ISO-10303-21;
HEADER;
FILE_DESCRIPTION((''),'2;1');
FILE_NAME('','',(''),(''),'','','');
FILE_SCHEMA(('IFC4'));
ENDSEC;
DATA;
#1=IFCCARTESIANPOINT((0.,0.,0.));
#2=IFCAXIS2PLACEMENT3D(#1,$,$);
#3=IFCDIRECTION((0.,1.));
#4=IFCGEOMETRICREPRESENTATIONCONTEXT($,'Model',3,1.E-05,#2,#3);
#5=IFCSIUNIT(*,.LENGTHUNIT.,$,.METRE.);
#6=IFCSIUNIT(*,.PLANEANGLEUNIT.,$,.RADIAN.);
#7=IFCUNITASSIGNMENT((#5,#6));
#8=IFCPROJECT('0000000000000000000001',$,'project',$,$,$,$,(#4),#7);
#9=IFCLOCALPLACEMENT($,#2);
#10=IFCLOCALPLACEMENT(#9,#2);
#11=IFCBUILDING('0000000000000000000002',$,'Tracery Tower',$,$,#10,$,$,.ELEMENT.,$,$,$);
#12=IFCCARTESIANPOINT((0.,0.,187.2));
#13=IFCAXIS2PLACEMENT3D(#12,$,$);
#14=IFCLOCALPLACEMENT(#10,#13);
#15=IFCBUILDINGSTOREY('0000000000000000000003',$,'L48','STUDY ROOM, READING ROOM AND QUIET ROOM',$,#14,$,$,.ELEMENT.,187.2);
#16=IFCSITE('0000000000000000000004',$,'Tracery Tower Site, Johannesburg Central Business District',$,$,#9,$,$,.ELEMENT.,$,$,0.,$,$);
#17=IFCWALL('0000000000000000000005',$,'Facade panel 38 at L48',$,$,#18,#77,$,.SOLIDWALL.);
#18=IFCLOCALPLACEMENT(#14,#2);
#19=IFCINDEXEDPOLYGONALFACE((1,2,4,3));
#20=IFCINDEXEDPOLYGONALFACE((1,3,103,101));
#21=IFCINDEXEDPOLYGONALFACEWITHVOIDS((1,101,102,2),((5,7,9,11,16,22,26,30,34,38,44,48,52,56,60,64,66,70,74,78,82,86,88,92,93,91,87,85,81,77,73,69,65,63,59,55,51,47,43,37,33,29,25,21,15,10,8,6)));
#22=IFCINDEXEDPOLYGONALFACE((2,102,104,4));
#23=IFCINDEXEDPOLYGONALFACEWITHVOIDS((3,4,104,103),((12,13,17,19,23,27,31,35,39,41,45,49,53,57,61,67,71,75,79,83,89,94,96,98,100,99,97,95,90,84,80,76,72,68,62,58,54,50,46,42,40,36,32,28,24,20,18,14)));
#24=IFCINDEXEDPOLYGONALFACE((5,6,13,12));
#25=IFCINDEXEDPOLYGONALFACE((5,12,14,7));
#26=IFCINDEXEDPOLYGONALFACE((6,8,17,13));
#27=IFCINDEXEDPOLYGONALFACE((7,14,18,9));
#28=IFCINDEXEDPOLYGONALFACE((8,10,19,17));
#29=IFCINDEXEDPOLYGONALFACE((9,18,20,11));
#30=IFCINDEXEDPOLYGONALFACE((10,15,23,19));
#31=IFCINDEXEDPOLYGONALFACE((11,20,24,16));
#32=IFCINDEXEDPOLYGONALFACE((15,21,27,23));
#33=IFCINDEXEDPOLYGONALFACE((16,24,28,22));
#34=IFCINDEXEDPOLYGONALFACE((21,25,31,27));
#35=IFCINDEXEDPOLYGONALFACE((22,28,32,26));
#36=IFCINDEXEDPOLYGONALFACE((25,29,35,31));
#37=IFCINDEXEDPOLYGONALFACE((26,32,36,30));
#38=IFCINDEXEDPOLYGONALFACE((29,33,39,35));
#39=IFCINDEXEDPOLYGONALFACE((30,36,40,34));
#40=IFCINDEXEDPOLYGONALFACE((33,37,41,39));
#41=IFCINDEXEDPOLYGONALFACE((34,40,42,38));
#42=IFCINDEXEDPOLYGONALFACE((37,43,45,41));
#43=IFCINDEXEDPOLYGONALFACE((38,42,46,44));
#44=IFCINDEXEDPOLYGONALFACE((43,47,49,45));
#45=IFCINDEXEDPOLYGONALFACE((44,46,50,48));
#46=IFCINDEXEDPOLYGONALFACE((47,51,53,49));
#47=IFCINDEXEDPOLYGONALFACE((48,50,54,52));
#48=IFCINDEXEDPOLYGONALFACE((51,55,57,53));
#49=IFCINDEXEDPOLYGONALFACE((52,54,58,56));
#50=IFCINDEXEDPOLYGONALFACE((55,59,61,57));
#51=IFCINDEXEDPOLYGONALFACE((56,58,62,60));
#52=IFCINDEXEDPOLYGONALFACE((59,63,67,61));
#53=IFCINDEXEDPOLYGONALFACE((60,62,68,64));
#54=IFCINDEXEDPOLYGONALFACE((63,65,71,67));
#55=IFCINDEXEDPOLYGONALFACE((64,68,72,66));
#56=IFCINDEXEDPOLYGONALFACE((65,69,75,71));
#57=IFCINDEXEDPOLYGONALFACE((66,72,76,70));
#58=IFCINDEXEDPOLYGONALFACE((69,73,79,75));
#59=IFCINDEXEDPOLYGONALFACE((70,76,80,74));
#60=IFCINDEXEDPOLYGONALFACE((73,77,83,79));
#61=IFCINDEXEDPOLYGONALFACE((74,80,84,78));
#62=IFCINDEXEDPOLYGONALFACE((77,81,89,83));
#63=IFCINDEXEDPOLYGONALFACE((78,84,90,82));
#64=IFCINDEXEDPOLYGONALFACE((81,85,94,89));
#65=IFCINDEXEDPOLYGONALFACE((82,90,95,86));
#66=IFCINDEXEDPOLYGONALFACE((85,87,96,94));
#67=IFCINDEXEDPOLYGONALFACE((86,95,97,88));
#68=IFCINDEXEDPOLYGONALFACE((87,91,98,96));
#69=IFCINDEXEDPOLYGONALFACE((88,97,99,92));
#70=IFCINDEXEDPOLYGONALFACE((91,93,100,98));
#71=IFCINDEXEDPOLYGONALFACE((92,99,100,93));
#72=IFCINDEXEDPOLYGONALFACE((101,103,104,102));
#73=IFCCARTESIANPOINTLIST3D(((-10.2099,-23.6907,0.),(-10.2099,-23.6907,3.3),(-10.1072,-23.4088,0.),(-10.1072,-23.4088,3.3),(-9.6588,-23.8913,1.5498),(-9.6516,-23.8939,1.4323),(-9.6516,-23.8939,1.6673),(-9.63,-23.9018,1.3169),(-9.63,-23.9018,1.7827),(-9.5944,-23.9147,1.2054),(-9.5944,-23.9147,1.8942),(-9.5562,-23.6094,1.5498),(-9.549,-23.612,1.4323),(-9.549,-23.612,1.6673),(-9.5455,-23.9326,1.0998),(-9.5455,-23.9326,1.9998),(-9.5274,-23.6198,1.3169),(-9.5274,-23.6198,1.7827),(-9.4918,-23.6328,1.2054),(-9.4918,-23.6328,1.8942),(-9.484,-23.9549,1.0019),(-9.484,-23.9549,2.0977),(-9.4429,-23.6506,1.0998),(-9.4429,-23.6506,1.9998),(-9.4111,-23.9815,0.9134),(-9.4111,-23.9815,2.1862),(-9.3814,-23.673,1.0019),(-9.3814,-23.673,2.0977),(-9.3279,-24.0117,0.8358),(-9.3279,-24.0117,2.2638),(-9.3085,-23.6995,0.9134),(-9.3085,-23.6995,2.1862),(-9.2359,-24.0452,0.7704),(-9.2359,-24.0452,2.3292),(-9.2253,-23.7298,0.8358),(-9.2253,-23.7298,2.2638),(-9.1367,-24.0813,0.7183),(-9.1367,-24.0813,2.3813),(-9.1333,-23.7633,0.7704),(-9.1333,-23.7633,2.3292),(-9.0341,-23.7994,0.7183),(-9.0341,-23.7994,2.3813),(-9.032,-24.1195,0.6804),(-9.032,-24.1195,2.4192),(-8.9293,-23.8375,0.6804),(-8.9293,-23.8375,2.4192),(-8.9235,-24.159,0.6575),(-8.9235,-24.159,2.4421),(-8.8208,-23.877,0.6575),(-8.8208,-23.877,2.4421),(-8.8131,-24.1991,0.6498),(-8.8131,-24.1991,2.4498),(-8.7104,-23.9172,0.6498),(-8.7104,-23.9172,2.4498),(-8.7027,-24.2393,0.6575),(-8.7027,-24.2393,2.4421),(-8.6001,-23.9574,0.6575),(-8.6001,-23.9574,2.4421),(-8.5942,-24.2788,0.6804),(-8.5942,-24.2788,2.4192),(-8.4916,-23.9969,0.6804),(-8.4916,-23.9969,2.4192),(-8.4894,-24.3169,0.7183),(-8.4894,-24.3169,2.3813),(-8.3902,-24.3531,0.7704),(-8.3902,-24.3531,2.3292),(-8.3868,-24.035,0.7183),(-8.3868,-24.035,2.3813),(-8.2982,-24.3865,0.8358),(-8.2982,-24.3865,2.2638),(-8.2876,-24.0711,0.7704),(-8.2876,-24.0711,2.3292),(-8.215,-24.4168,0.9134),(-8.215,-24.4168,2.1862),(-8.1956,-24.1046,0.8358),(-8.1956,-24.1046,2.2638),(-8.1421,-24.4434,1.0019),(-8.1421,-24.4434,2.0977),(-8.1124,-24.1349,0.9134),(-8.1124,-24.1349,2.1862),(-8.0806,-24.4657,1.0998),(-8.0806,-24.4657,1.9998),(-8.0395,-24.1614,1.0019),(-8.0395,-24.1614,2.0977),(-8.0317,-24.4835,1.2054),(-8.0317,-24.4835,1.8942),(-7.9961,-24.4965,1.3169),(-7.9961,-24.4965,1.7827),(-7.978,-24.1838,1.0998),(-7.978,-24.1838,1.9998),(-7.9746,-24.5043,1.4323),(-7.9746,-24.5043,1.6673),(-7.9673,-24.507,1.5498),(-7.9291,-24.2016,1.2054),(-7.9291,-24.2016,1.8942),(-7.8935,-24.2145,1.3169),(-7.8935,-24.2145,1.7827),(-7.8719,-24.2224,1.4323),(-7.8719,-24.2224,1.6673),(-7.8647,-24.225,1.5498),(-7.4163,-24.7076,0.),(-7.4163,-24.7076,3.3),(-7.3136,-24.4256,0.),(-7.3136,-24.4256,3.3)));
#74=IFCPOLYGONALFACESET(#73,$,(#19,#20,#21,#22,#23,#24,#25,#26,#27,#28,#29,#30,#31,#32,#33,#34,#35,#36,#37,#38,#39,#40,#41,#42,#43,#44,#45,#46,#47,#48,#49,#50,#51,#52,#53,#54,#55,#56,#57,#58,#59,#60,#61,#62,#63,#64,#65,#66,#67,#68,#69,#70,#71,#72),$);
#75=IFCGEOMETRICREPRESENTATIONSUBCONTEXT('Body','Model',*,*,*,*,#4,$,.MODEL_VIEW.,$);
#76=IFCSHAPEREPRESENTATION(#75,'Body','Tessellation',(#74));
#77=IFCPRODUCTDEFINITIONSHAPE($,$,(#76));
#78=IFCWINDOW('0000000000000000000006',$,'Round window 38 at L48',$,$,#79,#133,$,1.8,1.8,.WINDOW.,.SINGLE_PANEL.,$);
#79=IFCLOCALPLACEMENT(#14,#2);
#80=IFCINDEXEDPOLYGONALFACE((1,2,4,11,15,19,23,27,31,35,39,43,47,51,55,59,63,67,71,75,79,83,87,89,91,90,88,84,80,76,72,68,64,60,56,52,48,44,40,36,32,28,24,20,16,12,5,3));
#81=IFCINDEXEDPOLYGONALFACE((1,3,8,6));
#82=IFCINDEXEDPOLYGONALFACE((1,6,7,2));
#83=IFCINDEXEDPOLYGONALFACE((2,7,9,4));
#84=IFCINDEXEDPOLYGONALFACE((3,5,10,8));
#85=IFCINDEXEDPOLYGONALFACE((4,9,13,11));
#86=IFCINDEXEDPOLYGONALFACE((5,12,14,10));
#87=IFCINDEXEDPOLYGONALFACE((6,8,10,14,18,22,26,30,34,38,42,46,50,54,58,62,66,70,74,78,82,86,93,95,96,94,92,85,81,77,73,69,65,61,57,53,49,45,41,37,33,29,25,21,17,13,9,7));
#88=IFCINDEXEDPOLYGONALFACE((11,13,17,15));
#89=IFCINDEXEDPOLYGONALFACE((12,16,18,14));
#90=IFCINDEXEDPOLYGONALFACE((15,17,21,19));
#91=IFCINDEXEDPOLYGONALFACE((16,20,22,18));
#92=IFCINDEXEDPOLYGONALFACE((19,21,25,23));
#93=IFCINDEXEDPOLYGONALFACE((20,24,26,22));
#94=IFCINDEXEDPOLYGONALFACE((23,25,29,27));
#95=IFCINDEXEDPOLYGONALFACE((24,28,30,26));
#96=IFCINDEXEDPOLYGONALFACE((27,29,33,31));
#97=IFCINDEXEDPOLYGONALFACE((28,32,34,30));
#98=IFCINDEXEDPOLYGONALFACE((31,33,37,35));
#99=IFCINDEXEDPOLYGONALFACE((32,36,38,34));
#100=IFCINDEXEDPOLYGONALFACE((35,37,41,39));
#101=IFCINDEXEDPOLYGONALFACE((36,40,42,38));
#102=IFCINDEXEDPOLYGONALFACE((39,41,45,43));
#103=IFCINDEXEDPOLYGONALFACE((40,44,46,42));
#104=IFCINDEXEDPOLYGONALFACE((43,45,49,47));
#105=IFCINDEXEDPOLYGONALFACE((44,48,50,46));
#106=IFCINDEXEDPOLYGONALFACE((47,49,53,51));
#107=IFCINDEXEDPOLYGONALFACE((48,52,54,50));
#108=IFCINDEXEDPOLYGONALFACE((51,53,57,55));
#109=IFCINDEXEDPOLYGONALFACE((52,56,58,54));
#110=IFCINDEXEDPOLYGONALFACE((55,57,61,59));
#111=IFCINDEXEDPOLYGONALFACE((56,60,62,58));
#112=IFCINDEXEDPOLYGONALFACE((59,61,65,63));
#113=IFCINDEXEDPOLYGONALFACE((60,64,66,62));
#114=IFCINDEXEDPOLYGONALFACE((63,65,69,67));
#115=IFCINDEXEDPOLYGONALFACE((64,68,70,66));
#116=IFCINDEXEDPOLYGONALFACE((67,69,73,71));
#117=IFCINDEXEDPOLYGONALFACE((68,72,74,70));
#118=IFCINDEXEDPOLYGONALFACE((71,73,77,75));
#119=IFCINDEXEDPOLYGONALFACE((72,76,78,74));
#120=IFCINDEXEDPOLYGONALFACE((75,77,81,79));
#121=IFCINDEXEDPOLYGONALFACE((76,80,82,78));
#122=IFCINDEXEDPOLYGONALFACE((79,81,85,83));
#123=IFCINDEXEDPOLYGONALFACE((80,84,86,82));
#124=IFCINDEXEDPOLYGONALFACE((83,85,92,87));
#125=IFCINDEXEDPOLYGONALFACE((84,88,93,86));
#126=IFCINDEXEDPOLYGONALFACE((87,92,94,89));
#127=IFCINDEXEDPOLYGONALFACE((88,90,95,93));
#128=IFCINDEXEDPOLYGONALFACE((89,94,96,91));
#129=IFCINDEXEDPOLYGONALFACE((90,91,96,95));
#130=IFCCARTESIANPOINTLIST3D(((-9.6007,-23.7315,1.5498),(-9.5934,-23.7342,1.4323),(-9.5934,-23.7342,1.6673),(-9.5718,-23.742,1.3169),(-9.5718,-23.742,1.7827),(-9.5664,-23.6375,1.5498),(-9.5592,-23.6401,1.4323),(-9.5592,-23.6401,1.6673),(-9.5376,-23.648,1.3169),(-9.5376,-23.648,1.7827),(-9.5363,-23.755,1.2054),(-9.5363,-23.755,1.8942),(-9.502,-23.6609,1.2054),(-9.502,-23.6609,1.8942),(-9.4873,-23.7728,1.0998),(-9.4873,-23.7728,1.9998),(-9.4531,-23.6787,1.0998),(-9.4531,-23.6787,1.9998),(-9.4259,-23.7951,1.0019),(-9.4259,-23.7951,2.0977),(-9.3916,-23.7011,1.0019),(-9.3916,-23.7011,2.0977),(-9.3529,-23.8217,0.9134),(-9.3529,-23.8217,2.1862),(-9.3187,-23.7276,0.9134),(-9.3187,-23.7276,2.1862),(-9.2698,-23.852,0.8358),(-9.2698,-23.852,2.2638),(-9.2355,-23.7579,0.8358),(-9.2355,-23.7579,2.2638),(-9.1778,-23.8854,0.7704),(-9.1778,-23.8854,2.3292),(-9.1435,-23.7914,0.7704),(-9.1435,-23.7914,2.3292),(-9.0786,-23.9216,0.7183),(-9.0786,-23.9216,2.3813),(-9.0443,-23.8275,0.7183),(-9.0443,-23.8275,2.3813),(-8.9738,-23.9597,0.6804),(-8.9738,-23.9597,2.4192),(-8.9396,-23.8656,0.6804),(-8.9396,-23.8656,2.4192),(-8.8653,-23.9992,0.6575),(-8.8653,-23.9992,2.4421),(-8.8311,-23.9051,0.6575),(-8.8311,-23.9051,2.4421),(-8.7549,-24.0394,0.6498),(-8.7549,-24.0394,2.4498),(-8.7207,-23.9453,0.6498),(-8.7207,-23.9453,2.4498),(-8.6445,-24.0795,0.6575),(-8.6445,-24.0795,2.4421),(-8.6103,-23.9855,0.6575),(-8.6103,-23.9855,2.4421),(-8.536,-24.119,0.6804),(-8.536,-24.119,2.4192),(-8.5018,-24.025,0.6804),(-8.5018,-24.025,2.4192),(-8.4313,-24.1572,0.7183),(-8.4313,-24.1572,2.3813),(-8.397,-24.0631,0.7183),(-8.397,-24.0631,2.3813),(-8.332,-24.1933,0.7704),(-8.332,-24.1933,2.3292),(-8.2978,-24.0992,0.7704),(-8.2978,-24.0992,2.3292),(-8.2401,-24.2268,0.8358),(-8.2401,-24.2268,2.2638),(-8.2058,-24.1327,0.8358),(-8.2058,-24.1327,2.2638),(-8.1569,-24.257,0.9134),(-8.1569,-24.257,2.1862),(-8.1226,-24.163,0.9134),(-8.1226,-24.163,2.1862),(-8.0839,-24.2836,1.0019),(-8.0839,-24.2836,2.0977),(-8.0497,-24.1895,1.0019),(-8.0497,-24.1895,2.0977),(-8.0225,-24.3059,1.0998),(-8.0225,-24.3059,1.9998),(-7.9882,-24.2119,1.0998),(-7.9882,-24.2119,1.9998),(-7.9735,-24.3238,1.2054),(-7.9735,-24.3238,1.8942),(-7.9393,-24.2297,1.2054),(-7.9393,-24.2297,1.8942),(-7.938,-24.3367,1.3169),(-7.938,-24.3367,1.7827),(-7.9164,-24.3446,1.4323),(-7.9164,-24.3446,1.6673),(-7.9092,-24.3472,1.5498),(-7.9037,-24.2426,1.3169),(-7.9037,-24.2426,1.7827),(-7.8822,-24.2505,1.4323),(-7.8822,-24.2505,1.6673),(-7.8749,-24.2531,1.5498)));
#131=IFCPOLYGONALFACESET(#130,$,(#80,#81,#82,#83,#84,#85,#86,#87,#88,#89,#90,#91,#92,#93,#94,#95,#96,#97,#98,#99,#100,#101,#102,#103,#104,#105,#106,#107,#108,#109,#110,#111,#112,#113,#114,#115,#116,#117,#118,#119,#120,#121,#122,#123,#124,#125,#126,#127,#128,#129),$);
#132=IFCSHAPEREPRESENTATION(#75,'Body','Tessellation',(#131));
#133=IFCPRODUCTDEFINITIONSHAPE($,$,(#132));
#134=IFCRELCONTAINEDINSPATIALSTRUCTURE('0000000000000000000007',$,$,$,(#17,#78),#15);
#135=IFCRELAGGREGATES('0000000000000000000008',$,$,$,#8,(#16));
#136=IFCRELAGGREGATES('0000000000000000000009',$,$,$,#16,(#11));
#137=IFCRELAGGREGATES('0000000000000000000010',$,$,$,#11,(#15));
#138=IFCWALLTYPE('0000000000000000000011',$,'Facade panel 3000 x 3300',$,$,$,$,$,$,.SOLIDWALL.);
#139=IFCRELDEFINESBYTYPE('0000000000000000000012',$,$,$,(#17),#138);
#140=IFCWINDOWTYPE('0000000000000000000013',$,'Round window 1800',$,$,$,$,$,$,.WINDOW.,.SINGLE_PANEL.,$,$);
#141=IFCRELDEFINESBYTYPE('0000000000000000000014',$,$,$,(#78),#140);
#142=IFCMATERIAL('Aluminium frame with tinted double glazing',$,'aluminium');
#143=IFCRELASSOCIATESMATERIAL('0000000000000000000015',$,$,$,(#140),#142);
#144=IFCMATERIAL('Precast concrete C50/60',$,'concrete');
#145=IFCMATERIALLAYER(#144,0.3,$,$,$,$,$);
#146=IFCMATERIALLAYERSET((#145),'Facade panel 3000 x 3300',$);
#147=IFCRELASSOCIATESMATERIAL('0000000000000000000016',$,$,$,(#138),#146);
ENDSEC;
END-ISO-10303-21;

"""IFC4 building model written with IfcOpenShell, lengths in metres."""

from ifc_helpers import new_model, si_unit, direction, frame, frame_2d, origin, origin_2d, place, context, subcontext, project, spatial, rectangle, circle, extrude, material, layer, layer_set, type_object, element, fill, save


model = new_model("IFC4")

# Units and contexts
model_context = context("Model", 3, precision=1e-05, world=origin(), true_north=direction((0.0, 1.0)))
body_context = subcontext(model_context, "Body", "Model", "MODEL_VIEW")
ifc_project = project(units=[si_unit("LENGTHUNIT", "METRE"), si_unit("PLANEANGLEUNIT", "RADIAN")], contexts=[model_context])

# Site, building, storey
site_placement = place(None, origin())
site = spatial("IfcSite", under=ifc_project, at=site_placement, Name="Tracery Tower Site, Johannesburg Central Business District", CompositionType="ELEMENT", RefElevation=0.0)
building_placement = place(site_placement, origin())
building = spatial("IfcBuilding", under=site, at=building_placement, Name="Tracery Tower", CompositionType="ELEMENT")
storey_placement = place(building_placement, frame((0.0, 0.0, 187.2)))
storey = spatial("IfcBuildingStorey", under=building, at=storey_placement, Name="L48", Description="STUDY ROOM, READING ROOM AND QUIET ROOM", CompositionType="ELEMENT", Elevation=187.2)

# Wall, opening, window
ifc_material_1 = material(Name="Aluminium frame with tinted double glazing", Category="aluminium")
window_type = type_object("IfcWindowType", Name="Round window 1800", PartitioningType="SINGLE_PANEL", PredefinedType="WINDOW", material=ifc_material_1)
ifc_material_2 = material(Name="Precast concrete C50/60", Category="concrete")
ifc_layer_1 = layer(ifc_material_2, 0.3)
ifc_layer_set_1 = layer_set([ifc_layer_1], Name="Facade panel 3000 x 3300")
wall_type_1 = type_object("IfcWallType", Name="Facade panel 3000 x 3300", PredefinedType="SOLIDWALL", material=ifc_layer_set_1)
wall_1_placement = place(storey_placement, frame((-10.1584, -23.5498, 0.0), z_axis=(0.0, 0.0, 1.0), x_axis=(0.93969, -0.342027, 0.0)))
wall_1 = element("IfcWall", 1, at=wall_1_placement, inside=storey, type_object=wall_type_1, Name="Facade panel 38 at L48", PredefinedType="SOLIDWALL", context=body_context, shape_type="SweptSolid", body=[
    extrude(rectangle(XDim=2.9729, YDim=0.3, at=frame_2d((1.4863, 0.0))), origin(), (0.0, 0.0, 1.0), 3.3),
])
opening_1_placement = place(wall_1_placement, frame((1.4863, 0.0, 1.5498)))
opening_1 = element("IfcOpeningElement", 2, at=opening_1_placement, cuts=wall_1, PredefinedType="OPENING", context=body_context, shape_type="SweptSolid", body=[
    extrude(circle(Radius=0.9, at=origin_2d()), frame((0.0, 0.1599, 0.0), z_axis=(0.0, -1.0, 0.0), x_axis=(1.0, 0.0, 0.0)), (0.0, 0.0, 1.0), 0.3201),
])
window_1_placement = place(opening_1_placement, origin())
window_1 = element("IfcWindow", 3, at=window_1_placement, inside=storey, type_object=window_type, Name="Round window 38 at L48", OverallHeight=1.8, OverallWidth=1.8, PartitioningType="SINGLE_PANEL", PredefinedType="WINDOW", context=body_context, shape_type="SweptSolid", body=[
    extrude(circle(Radius=0.9, at=origin_2d()), frame((0.0, 0.1201, 0.0), z_axis=(0.0, -1.0, 0.0), x_axis=(1.0, 0.0, 0.0)), (0.0, 0.0, 1.0), 0.1001),
])
fill(opening_1, window_1)

save(model, "model.ifc")
